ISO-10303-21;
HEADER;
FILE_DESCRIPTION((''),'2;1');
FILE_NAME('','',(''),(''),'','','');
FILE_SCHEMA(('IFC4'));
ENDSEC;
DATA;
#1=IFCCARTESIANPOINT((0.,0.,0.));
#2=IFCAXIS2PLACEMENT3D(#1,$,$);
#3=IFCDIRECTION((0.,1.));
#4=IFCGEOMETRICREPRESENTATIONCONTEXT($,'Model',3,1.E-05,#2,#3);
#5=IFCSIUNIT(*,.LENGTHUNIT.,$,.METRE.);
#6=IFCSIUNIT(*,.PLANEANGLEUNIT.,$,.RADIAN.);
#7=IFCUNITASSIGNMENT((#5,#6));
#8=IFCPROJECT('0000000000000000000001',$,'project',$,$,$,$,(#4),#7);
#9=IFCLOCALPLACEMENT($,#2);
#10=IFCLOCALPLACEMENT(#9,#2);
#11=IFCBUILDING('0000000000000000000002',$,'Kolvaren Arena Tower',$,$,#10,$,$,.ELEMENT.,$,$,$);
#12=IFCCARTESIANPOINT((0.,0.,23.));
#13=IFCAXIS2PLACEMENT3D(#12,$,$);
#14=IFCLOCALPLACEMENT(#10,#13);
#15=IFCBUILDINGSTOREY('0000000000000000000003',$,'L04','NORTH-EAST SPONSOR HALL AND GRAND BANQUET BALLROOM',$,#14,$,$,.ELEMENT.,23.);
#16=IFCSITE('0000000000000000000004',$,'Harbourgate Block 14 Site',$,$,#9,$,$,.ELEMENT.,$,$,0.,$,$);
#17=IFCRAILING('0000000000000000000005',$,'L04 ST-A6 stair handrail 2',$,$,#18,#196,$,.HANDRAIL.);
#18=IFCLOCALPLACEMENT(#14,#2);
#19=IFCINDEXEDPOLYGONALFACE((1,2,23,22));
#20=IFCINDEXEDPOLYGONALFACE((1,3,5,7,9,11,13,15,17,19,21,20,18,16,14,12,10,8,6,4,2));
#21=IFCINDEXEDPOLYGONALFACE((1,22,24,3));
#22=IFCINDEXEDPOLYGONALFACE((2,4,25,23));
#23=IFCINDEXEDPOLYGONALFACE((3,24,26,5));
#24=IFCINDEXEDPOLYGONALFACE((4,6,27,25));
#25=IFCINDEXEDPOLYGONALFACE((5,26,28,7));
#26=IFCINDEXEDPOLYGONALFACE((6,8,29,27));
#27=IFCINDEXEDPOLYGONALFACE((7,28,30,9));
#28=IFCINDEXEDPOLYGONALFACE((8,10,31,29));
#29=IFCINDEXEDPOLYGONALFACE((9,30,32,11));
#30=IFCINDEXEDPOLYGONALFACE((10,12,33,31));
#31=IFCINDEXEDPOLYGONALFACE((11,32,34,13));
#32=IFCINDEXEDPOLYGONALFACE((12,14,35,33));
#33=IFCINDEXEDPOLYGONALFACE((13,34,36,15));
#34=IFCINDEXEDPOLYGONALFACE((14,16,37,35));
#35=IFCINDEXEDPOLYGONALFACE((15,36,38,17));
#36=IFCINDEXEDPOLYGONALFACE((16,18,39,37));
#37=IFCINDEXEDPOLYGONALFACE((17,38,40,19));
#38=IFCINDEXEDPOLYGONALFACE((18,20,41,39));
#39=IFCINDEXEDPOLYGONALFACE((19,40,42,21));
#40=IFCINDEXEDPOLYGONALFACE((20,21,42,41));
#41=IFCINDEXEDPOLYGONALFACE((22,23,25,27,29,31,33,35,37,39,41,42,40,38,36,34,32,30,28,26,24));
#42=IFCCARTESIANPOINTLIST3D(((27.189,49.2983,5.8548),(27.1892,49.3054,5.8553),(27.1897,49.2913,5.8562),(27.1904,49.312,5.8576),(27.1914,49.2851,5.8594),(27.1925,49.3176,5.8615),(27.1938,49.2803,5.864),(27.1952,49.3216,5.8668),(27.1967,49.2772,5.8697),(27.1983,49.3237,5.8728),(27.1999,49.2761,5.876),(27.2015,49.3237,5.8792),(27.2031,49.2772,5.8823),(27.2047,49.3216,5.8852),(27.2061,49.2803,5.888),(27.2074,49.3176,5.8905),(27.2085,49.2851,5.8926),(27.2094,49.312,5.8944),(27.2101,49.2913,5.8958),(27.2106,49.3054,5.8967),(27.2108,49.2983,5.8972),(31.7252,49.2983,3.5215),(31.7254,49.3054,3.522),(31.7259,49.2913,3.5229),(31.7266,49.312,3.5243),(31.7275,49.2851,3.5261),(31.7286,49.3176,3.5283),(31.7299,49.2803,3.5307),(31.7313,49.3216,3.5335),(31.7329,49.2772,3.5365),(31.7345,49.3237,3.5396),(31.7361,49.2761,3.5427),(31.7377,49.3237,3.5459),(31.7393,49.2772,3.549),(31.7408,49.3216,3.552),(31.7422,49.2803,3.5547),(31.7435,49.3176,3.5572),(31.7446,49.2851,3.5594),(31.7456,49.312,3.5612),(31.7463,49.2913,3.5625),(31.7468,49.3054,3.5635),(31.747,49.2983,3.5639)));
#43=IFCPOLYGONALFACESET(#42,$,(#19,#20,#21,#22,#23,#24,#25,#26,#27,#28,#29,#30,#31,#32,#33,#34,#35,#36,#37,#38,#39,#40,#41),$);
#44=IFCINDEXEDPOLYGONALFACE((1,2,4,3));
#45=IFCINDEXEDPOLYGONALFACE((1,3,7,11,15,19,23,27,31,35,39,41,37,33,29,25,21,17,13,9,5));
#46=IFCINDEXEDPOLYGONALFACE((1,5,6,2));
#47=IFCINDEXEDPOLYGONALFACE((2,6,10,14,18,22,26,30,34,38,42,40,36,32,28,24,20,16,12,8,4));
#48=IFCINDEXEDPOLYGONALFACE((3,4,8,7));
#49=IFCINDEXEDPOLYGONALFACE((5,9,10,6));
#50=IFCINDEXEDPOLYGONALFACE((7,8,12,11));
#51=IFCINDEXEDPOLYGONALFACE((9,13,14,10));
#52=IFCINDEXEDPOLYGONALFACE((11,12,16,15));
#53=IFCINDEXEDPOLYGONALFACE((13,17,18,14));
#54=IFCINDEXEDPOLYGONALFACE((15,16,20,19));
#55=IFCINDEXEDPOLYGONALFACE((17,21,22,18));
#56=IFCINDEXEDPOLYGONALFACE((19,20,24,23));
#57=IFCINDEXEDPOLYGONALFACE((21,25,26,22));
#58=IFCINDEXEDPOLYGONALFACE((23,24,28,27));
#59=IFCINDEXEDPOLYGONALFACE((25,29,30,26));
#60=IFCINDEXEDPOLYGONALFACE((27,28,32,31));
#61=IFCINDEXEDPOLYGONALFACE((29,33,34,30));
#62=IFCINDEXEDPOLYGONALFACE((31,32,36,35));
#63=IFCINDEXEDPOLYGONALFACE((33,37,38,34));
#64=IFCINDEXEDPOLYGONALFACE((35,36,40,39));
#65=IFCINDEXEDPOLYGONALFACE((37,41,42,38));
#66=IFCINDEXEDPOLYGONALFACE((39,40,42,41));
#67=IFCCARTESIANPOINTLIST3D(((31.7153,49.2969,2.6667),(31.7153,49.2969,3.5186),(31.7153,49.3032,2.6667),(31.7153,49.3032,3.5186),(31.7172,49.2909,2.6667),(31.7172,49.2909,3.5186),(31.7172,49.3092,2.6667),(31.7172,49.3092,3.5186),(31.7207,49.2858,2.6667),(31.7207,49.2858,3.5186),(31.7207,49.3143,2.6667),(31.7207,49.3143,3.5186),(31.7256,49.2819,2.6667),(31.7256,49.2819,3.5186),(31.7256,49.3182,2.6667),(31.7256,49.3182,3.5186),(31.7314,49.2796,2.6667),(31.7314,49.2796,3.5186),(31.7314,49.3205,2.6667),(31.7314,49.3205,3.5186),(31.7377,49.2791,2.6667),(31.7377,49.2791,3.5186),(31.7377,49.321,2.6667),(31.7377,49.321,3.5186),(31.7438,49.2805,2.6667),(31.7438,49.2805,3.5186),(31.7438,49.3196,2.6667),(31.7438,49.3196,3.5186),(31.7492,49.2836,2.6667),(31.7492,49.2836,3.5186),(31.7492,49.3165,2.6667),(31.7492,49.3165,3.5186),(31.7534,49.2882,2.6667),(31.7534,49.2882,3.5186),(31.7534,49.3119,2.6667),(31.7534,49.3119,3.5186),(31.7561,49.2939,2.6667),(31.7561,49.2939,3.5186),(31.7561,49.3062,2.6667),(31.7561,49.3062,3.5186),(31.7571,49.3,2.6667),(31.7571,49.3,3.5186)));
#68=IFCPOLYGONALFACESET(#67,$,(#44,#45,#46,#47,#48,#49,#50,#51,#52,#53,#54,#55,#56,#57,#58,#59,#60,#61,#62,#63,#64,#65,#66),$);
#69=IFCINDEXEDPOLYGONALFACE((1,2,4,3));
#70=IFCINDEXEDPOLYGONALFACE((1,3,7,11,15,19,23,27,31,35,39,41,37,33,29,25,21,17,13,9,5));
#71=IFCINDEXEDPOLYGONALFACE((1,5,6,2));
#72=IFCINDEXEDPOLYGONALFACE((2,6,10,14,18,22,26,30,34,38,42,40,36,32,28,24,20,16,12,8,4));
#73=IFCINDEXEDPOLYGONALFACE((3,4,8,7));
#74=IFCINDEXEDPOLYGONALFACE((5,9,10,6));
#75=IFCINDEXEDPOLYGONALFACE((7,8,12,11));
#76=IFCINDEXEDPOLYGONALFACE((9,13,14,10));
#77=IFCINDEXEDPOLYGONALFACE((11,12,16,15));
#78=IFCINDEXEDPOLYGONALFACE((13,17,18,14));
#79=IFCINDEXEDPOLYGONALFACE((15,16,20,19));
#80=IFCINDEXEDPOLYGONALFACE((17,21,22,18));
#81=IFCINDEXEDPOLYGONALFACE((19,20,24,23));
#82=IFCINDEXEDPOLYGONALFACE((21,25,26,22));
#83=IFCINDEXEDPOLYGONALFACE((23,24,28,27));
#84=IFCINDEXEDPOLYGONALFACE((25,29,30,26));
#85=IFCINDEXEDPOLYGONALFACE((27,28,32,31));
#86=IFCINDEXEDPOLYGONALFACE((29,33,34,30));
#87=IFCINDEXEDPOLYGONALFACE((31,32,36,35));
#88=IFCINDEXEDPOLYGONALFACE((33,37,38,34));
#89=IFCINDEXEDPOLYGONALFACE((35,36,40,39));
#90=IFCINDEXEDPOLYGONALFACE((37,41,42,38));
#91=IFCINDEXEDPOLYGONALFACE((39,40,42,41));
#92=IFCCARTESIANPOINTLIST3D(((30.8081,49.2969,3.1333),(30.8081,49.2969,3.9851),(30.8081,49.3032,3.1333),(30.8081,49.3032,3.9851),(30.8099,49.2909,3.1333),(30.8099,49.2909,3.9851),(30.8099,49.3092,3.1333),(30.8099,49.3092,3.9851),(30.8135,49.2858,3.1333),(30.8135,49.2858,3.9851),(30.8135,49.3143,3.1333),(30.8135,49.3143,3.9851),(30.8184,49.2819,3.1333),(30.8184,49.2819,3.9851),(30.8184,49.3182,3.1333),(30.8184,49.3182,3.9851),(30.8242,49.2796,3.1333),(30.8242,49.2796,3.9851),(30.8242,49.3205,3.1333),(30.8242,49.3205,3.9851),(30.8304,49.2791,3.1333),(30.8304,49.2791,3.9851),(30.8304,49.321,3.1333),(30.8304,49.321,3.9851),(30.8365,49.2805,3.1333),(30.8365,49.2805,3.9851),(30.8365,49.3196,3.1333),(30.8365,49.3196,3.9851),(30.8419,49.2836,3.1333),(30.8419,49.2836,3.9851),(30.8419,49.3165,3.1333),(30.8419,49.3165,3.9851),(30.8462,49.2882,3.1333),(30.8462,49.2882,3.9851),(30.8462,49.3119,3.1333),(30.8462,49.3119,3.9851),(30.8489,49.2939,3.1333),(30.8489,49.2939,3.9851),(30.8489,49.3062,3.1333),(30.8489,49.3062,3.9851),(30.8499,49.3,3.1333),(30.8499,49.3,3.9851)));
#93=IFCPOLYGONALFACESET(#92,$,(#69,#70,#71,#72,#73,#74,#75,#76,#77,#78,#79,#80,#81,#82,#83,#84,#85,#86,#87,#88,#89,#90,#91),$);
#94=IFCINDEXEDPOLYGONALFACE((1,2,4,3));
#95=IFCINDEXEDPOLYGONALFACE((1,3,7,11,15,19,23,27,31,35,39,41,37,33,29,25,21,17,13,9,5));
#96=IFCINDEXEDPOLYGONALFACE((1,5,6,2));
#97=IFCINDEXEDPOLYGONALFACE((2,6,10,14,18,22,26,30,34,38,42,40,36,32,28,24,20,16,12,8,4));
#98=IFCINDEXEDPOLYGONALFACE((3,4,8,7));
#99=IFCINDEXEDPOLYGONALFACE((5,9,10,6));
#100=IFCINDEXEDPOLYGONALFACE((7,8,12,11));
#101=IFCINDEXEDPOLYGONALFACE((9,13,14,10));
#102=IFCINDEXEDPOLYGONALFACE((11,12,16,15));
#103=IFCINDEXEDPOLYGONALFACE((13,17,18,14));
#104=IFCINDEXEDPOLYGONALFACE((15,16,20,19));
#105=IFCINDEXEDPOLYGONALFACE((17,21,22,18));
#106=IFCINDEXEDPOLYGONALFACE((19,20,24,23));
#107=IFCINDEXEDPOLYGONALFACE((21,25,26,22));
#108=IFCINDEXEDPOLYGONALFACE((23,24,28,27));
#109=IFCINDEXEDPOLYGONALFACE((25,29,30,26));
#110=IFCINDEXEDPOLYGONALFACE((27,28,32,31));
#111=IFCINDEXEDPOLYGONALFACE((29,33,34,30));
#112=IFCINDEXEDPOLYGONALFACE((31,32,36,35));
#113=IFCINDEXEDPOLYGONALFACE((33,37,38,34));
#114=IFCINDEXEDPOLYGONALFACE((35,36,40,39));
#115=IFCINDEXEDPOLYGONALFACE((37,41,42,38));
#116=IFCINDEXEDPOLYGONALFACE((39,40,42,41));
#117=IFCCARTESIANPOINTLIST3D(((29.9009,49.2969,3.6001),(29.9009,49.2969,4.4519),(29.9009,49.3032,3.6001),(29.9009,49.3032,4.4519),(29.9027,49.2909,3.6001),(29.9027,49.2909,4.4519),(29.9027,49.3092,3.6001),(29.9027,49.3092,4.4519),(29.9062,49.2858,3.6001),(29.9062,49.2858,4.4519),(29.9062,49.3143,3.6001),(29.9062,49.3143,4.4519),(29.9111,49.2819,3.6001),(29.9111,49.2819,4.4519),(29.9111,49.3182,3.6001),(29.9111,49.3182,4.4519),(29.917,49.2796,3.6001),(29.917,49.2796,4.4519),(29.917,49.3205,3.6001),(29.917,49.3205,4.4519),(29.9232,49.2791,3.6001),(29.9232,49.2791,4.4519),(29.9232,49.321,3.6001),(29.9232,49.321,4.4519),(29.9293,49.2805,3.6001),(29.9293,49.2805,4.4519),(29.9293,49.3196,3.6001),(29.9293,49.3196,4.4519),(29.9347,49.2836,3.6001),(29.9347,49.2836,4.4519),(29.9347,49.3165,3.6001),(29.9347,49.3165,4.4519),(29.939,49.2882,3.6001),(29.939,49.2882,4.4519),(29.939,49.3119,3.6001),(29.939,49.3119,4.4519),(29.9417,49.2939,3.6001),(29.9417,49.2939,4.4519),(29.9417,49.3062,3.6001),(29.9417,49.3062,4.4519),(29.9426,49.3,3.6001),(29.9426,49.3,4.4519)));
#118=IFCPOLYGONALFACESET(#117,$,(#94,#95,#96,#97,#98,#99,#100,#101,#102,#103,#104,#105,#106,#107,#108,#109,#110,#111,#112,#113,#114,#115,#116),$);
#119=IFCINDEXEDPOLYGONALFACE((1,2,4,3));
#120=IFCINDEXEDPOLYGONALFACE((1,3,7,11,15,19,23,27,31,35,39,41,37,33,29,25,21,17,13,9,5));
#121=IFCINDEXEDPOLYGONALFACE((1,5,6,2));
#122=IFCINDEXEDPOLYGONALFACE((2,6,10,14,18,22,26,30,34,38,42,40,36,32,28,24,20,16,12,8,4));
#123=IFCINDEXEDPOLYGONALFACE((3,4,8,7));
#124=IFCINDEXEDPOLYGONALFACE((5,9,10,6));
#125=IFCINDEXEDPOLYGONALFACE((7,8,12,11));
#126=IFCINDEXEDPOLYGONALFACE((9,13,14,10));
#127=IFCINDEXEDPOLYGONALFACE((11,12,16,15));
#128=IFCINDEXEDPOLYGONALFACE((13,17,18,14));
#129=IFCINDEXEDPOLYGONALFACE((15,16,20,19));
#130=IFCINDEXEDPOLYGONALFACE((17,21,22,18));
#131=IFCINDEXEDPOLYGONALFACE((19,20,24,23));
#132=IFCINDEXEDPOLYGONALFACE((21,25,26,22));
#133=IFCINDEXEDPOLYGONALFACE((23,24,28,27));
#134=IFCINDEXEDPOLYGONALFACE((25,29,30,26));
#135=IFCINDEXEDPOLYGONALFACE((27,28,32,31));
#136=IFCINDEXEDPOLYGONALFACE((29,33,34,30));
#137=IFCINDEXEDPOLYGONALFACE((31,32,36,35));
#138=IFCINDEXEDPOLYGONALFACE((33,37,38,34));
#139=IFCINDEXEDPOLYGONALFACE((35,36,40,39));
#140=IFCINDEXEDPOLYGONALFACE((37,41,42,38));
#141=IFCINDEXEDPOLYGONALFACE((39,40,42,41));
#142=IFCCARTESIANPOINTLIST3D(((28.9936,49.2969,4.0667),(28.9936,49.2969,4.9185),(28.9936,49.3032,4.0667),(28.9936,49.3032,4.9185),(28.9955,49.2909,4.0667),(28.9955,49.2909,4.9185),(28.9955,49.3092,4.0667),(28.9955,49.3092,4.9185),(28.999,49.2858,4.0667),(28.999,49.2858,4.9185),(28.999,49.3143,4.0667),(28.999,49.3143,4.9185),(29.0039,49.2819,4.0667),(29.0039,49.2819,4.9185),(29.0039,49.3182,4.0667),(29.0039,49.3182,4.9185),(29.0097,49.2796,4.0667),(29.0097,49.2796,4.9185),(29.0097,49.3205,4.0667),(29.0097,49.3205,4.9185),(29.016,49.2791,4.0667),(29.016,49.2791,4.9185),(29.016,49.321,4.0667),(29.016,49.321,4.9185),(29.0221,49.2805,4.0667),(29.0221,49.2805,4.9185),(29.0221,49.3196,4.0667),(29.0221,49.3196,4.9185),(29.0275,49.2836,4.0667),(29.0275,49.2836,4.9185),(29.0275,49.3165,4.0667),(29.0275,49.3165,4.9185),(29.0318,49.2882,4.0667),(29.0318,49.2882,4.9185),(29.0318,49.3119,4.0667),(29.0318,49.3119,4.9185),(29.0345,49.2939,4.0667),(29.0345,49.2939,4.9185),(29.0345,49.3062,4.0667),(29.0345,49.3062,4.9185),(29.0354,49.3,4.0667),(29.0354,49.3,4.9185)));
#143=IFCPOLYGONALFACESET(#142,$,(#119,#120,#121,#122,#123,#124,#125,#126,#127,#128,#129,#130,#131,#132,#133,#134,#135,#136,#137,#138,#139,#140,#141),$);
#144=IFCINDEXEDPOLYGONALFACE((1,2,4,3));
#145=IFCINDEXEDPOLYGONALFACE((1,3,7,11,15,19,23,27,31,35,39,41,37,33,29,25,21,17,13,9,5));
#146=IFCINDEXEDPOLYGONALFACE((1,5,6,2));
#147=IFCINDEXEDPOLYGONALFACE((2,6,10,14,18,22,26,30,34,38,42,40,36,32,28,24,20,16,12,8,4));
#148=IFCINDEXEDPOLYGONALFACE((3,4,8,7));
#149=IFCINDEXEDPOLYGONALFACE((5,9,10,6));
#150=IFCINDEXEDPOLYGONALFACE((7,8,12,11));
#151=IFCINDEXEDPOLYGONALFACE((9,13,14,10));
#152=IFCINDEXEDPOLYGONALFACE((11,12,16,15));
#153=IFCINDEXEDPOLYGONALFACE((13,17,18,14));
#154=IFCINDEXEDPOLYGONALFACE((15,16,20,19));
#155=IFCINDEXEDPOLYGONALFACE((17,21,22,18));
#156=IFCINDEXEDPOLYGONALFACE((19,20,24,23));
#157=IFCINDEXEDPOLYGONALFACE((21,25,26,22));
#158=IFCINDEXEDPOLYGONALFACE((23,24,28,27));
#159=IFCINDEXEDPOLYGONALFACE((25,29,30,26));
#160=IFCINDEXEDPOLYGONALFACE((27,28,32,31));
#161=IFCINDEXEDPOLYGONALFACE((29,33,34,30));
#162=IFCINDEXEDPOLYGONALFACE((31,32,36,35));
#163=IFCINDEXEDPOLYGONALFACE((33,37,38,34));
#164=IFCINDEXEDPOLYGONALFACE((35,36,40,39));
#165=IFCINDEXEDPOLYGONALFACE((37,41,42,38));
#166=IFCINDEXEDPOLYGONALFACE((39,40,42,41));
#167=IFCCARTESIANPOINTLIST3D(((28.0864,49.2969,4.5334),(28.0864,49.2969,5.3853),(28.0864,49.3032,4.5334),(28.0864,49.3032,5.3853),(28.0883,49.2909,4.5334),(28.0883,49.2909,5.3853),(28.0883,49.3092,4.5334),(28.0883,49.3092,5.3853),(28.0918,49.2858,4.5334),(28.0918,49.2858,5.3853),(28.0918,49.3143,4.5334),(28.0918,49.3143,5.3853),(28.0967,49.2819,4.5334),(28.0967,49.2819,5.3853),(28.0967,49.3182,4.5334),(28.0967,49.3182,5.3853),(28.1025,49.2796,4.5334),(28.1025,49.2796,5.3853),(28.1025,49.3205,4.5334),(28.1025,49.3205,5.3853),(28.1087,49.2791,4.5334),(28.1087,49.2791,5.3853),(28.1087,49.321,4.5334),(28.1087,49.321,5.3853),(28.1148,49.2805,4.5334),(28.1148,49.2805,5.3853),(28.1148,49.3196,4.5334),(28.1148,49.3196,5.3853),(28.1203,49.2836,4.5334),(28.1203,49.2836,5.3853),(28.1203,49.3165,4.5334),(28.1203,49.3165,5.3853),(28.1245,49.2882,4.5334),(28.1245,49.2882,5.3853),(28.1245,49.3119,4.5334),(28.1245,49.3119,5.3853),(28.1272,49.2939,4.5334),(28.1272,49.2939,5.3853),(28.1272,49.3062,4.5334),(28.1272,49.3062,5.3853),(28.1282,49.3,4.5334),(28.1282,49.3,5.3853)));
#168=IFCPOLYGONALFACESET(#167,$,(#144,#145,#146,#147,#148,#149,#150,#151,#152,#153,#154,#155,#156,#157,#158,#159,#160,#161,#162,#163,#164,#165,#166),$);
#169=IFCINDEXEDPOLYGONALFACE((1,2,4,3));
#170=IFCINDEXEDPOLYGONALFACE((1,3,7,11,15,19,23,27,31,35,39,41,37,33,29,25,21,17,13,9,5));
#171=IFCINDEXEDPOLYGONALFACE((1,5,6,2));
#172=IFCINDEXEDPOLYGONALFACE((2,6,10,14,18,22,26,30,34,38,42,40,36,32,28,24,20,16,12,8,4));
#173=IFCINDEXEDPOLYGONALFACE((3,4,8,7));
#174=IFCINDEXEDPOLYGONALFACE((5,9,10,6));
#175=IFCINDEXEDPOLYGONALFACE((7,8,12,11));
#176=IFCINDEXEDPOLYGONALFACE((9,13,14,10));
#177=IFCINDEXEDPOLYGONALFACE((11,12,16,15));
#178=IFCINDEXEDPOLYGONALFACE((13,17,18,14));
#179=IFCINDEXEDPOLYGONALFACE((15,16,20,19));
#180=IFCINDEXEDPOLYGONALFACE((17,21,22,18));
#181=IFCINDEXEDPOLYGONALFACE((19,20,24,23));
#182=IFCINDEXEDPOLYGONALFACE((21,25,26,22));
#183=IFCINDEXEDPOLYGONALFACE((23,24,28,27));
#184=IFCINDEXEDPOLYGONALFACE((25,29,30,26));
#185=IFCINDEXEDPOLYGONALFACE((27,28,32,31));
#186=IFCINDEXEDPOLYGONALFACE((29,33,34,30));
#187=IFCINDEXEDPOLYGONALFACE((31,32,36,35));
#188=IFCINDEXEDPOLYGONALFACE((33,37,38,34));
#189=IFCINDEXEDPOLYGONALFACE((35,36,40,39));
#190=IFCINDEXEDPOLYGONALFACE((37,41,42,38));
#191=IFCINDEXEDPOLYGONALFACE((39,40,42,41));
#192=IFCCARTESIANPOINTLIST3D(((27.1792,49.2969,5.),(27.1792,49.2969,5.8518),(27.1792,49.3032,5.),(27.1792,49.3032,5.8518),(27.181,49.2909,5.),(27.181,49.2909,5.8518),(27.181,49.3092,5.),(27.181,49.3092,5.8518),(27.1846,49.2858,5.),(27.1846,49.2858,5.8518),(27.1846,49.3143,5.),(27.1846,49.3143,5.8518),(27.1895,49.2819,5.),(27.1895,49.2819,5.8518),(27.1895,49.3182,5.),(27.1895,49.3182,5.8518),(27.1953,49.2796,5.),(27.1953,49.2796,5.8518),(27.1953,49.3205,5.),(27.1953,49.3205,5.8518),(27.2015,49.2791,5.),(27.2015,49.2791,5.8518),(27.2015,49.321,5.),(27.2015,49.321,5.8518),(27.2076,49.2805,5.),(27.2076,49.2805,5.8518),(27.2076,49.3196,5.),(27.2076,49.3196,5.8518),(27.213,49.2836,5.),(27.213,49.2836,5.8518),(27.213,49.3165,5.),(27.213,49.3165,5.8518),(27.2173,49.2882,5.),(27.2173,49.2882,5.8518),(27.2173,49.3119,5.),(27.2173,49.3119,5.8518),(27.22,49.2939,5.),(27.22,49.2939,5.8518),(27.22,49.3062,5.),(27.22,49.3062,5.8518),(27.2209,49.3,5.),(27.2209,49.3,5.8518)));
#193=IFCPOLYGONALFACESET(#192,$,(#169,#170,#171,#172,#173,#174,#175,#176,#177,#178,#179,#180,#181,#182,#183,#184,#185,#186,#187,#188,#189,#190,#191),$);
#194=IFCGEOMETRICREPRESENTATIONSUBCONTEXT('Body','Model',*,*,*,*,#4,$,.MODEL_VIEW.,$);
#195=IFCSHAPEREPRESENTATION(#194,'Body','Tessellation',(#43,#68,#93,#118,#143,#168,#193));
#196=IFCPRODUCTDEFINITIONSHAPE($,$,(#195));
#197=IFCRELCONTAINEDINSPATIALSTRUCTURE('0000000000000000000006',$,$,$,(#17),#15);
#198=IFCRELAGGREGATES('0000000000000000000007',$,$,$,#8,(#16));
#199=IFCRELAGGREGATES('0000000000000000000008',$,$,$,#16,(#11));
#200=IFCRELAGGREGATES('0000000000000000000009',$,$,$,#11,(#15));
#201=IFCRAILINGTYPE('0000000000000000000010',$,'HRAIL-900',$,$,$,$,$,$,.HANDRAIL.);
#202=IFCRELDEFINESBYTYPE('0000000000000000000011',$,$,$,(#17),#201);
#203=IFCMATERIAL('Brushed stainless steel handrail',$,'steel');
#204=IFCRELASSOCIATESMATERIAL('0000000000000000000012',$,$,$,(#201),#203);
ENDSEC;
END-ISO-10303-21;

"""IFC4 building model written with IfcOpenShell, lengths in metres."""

from ifc_helpers import new_model, si_unit, direction, frame, origin, origin_2d, place, context, subcontext, project, spatial, circle, extrude, material, type_object, element, save


model = new_model("IFC4")

# Units and contexts
model_context = context("Model", 3, precision=1e-05, world=origin(), true_north=direction((0.0, 1.0)))
body_context = subcontext(model_context, "Body", "Model", "MODEL_VIEW")
ifc_project = project(units=[si_unit("LENGTHUNIT", "METRE"), si_unit("PLANEANGLEUNIT", "RADIAN")], contexts=[model_context])

# Site, building, storey
site_placement = place(None, origin())
site = spatial("IfcSite", under=ifc_project, at=site_placement, Name="Harbourgate Block 14 Site", CompositionType="ELEMENT", RefElevation=0.0)
building_placement = place(site_placement, origin())
building = spatial("IfcBuilding", under=site, at=building_placement, Name="Kolvaren Arena Tower", CompositionType="ELEMENT")
storey_placement = place(building_placement, frame((0.0, 0.0, 23.0)))
storey = spatial("IfcBuildingStorey", under=building, at=storey_placement, Name="L04", Description="NORTH-EAST SPONSOR HALL AND GRAND BANQUET BALLROOM", CompositionType="ELEMENT", Elevation=23.0)

# Railing
ifc_material_1 = material(Name="Brushed stainless steel handrail", Category="steel")
railing_type_1 = type_object("IfcRailingType", Name="HRAIL-900", PredefinedType="HANDRAIL", material=ifc_material_1)
railing_1_placement = place(storey_placement, frame((31.7361, 49.3, 2.6667)))
element("IfcRailing", 1, at=railing_1_placement, inside=storey, type_object=railing_type_1, Name="L04 ST-A6 stair handrail 2", PredefinedType="HANDRAIL", context=body_context, shape_type="SweptSolid", body=[
    extrude(circle(Radius=0.0239, at=origin_2d()), frame((0.0, 0.0, 0.876), z_axis=(-0.889257, 0.0, 0.457407), x_axis=(0.0, -1.0, 0.0)), (0.0, 0.0, 1.0), 5.1011),
    extrude(circle(Radius=0.021, at=origin_2d()), origin(), (0.0, 0.0, 1.0), 0.8518),
    extrude(circle(Radius=0.021, at=origin_2d()), frame((-0.9072, 0.0, 0.4666)), (0.0, 0.0, 1.0), 0.8518),
    extrude(circle(Radius=0.021, at=origin_2d()), frame((-1.8145, 0.0, 0.9333)), (0.0, 0.0, 1.0), 0.8518),
    extrude(circle(Radius=0.021, at=origin_2d()), frame((-2.7217, 0.0, 1.3999)), (0.0, 0.0, 1.0), 0.8518),
    extrude(circle(Radius=0.021, at=origin_2d()), frame((-3.6289, 0.0, 1.8667)), (0.0, 0.0, 1.0), 0.8518),
    extrude(circle(Radius=0.021, at=origin_2d()), frame((-4.5361, 0.0, 2.3333)), (0.0, 0.0, 1.0), 0.8518),
])

save(model, "model.ifc")
